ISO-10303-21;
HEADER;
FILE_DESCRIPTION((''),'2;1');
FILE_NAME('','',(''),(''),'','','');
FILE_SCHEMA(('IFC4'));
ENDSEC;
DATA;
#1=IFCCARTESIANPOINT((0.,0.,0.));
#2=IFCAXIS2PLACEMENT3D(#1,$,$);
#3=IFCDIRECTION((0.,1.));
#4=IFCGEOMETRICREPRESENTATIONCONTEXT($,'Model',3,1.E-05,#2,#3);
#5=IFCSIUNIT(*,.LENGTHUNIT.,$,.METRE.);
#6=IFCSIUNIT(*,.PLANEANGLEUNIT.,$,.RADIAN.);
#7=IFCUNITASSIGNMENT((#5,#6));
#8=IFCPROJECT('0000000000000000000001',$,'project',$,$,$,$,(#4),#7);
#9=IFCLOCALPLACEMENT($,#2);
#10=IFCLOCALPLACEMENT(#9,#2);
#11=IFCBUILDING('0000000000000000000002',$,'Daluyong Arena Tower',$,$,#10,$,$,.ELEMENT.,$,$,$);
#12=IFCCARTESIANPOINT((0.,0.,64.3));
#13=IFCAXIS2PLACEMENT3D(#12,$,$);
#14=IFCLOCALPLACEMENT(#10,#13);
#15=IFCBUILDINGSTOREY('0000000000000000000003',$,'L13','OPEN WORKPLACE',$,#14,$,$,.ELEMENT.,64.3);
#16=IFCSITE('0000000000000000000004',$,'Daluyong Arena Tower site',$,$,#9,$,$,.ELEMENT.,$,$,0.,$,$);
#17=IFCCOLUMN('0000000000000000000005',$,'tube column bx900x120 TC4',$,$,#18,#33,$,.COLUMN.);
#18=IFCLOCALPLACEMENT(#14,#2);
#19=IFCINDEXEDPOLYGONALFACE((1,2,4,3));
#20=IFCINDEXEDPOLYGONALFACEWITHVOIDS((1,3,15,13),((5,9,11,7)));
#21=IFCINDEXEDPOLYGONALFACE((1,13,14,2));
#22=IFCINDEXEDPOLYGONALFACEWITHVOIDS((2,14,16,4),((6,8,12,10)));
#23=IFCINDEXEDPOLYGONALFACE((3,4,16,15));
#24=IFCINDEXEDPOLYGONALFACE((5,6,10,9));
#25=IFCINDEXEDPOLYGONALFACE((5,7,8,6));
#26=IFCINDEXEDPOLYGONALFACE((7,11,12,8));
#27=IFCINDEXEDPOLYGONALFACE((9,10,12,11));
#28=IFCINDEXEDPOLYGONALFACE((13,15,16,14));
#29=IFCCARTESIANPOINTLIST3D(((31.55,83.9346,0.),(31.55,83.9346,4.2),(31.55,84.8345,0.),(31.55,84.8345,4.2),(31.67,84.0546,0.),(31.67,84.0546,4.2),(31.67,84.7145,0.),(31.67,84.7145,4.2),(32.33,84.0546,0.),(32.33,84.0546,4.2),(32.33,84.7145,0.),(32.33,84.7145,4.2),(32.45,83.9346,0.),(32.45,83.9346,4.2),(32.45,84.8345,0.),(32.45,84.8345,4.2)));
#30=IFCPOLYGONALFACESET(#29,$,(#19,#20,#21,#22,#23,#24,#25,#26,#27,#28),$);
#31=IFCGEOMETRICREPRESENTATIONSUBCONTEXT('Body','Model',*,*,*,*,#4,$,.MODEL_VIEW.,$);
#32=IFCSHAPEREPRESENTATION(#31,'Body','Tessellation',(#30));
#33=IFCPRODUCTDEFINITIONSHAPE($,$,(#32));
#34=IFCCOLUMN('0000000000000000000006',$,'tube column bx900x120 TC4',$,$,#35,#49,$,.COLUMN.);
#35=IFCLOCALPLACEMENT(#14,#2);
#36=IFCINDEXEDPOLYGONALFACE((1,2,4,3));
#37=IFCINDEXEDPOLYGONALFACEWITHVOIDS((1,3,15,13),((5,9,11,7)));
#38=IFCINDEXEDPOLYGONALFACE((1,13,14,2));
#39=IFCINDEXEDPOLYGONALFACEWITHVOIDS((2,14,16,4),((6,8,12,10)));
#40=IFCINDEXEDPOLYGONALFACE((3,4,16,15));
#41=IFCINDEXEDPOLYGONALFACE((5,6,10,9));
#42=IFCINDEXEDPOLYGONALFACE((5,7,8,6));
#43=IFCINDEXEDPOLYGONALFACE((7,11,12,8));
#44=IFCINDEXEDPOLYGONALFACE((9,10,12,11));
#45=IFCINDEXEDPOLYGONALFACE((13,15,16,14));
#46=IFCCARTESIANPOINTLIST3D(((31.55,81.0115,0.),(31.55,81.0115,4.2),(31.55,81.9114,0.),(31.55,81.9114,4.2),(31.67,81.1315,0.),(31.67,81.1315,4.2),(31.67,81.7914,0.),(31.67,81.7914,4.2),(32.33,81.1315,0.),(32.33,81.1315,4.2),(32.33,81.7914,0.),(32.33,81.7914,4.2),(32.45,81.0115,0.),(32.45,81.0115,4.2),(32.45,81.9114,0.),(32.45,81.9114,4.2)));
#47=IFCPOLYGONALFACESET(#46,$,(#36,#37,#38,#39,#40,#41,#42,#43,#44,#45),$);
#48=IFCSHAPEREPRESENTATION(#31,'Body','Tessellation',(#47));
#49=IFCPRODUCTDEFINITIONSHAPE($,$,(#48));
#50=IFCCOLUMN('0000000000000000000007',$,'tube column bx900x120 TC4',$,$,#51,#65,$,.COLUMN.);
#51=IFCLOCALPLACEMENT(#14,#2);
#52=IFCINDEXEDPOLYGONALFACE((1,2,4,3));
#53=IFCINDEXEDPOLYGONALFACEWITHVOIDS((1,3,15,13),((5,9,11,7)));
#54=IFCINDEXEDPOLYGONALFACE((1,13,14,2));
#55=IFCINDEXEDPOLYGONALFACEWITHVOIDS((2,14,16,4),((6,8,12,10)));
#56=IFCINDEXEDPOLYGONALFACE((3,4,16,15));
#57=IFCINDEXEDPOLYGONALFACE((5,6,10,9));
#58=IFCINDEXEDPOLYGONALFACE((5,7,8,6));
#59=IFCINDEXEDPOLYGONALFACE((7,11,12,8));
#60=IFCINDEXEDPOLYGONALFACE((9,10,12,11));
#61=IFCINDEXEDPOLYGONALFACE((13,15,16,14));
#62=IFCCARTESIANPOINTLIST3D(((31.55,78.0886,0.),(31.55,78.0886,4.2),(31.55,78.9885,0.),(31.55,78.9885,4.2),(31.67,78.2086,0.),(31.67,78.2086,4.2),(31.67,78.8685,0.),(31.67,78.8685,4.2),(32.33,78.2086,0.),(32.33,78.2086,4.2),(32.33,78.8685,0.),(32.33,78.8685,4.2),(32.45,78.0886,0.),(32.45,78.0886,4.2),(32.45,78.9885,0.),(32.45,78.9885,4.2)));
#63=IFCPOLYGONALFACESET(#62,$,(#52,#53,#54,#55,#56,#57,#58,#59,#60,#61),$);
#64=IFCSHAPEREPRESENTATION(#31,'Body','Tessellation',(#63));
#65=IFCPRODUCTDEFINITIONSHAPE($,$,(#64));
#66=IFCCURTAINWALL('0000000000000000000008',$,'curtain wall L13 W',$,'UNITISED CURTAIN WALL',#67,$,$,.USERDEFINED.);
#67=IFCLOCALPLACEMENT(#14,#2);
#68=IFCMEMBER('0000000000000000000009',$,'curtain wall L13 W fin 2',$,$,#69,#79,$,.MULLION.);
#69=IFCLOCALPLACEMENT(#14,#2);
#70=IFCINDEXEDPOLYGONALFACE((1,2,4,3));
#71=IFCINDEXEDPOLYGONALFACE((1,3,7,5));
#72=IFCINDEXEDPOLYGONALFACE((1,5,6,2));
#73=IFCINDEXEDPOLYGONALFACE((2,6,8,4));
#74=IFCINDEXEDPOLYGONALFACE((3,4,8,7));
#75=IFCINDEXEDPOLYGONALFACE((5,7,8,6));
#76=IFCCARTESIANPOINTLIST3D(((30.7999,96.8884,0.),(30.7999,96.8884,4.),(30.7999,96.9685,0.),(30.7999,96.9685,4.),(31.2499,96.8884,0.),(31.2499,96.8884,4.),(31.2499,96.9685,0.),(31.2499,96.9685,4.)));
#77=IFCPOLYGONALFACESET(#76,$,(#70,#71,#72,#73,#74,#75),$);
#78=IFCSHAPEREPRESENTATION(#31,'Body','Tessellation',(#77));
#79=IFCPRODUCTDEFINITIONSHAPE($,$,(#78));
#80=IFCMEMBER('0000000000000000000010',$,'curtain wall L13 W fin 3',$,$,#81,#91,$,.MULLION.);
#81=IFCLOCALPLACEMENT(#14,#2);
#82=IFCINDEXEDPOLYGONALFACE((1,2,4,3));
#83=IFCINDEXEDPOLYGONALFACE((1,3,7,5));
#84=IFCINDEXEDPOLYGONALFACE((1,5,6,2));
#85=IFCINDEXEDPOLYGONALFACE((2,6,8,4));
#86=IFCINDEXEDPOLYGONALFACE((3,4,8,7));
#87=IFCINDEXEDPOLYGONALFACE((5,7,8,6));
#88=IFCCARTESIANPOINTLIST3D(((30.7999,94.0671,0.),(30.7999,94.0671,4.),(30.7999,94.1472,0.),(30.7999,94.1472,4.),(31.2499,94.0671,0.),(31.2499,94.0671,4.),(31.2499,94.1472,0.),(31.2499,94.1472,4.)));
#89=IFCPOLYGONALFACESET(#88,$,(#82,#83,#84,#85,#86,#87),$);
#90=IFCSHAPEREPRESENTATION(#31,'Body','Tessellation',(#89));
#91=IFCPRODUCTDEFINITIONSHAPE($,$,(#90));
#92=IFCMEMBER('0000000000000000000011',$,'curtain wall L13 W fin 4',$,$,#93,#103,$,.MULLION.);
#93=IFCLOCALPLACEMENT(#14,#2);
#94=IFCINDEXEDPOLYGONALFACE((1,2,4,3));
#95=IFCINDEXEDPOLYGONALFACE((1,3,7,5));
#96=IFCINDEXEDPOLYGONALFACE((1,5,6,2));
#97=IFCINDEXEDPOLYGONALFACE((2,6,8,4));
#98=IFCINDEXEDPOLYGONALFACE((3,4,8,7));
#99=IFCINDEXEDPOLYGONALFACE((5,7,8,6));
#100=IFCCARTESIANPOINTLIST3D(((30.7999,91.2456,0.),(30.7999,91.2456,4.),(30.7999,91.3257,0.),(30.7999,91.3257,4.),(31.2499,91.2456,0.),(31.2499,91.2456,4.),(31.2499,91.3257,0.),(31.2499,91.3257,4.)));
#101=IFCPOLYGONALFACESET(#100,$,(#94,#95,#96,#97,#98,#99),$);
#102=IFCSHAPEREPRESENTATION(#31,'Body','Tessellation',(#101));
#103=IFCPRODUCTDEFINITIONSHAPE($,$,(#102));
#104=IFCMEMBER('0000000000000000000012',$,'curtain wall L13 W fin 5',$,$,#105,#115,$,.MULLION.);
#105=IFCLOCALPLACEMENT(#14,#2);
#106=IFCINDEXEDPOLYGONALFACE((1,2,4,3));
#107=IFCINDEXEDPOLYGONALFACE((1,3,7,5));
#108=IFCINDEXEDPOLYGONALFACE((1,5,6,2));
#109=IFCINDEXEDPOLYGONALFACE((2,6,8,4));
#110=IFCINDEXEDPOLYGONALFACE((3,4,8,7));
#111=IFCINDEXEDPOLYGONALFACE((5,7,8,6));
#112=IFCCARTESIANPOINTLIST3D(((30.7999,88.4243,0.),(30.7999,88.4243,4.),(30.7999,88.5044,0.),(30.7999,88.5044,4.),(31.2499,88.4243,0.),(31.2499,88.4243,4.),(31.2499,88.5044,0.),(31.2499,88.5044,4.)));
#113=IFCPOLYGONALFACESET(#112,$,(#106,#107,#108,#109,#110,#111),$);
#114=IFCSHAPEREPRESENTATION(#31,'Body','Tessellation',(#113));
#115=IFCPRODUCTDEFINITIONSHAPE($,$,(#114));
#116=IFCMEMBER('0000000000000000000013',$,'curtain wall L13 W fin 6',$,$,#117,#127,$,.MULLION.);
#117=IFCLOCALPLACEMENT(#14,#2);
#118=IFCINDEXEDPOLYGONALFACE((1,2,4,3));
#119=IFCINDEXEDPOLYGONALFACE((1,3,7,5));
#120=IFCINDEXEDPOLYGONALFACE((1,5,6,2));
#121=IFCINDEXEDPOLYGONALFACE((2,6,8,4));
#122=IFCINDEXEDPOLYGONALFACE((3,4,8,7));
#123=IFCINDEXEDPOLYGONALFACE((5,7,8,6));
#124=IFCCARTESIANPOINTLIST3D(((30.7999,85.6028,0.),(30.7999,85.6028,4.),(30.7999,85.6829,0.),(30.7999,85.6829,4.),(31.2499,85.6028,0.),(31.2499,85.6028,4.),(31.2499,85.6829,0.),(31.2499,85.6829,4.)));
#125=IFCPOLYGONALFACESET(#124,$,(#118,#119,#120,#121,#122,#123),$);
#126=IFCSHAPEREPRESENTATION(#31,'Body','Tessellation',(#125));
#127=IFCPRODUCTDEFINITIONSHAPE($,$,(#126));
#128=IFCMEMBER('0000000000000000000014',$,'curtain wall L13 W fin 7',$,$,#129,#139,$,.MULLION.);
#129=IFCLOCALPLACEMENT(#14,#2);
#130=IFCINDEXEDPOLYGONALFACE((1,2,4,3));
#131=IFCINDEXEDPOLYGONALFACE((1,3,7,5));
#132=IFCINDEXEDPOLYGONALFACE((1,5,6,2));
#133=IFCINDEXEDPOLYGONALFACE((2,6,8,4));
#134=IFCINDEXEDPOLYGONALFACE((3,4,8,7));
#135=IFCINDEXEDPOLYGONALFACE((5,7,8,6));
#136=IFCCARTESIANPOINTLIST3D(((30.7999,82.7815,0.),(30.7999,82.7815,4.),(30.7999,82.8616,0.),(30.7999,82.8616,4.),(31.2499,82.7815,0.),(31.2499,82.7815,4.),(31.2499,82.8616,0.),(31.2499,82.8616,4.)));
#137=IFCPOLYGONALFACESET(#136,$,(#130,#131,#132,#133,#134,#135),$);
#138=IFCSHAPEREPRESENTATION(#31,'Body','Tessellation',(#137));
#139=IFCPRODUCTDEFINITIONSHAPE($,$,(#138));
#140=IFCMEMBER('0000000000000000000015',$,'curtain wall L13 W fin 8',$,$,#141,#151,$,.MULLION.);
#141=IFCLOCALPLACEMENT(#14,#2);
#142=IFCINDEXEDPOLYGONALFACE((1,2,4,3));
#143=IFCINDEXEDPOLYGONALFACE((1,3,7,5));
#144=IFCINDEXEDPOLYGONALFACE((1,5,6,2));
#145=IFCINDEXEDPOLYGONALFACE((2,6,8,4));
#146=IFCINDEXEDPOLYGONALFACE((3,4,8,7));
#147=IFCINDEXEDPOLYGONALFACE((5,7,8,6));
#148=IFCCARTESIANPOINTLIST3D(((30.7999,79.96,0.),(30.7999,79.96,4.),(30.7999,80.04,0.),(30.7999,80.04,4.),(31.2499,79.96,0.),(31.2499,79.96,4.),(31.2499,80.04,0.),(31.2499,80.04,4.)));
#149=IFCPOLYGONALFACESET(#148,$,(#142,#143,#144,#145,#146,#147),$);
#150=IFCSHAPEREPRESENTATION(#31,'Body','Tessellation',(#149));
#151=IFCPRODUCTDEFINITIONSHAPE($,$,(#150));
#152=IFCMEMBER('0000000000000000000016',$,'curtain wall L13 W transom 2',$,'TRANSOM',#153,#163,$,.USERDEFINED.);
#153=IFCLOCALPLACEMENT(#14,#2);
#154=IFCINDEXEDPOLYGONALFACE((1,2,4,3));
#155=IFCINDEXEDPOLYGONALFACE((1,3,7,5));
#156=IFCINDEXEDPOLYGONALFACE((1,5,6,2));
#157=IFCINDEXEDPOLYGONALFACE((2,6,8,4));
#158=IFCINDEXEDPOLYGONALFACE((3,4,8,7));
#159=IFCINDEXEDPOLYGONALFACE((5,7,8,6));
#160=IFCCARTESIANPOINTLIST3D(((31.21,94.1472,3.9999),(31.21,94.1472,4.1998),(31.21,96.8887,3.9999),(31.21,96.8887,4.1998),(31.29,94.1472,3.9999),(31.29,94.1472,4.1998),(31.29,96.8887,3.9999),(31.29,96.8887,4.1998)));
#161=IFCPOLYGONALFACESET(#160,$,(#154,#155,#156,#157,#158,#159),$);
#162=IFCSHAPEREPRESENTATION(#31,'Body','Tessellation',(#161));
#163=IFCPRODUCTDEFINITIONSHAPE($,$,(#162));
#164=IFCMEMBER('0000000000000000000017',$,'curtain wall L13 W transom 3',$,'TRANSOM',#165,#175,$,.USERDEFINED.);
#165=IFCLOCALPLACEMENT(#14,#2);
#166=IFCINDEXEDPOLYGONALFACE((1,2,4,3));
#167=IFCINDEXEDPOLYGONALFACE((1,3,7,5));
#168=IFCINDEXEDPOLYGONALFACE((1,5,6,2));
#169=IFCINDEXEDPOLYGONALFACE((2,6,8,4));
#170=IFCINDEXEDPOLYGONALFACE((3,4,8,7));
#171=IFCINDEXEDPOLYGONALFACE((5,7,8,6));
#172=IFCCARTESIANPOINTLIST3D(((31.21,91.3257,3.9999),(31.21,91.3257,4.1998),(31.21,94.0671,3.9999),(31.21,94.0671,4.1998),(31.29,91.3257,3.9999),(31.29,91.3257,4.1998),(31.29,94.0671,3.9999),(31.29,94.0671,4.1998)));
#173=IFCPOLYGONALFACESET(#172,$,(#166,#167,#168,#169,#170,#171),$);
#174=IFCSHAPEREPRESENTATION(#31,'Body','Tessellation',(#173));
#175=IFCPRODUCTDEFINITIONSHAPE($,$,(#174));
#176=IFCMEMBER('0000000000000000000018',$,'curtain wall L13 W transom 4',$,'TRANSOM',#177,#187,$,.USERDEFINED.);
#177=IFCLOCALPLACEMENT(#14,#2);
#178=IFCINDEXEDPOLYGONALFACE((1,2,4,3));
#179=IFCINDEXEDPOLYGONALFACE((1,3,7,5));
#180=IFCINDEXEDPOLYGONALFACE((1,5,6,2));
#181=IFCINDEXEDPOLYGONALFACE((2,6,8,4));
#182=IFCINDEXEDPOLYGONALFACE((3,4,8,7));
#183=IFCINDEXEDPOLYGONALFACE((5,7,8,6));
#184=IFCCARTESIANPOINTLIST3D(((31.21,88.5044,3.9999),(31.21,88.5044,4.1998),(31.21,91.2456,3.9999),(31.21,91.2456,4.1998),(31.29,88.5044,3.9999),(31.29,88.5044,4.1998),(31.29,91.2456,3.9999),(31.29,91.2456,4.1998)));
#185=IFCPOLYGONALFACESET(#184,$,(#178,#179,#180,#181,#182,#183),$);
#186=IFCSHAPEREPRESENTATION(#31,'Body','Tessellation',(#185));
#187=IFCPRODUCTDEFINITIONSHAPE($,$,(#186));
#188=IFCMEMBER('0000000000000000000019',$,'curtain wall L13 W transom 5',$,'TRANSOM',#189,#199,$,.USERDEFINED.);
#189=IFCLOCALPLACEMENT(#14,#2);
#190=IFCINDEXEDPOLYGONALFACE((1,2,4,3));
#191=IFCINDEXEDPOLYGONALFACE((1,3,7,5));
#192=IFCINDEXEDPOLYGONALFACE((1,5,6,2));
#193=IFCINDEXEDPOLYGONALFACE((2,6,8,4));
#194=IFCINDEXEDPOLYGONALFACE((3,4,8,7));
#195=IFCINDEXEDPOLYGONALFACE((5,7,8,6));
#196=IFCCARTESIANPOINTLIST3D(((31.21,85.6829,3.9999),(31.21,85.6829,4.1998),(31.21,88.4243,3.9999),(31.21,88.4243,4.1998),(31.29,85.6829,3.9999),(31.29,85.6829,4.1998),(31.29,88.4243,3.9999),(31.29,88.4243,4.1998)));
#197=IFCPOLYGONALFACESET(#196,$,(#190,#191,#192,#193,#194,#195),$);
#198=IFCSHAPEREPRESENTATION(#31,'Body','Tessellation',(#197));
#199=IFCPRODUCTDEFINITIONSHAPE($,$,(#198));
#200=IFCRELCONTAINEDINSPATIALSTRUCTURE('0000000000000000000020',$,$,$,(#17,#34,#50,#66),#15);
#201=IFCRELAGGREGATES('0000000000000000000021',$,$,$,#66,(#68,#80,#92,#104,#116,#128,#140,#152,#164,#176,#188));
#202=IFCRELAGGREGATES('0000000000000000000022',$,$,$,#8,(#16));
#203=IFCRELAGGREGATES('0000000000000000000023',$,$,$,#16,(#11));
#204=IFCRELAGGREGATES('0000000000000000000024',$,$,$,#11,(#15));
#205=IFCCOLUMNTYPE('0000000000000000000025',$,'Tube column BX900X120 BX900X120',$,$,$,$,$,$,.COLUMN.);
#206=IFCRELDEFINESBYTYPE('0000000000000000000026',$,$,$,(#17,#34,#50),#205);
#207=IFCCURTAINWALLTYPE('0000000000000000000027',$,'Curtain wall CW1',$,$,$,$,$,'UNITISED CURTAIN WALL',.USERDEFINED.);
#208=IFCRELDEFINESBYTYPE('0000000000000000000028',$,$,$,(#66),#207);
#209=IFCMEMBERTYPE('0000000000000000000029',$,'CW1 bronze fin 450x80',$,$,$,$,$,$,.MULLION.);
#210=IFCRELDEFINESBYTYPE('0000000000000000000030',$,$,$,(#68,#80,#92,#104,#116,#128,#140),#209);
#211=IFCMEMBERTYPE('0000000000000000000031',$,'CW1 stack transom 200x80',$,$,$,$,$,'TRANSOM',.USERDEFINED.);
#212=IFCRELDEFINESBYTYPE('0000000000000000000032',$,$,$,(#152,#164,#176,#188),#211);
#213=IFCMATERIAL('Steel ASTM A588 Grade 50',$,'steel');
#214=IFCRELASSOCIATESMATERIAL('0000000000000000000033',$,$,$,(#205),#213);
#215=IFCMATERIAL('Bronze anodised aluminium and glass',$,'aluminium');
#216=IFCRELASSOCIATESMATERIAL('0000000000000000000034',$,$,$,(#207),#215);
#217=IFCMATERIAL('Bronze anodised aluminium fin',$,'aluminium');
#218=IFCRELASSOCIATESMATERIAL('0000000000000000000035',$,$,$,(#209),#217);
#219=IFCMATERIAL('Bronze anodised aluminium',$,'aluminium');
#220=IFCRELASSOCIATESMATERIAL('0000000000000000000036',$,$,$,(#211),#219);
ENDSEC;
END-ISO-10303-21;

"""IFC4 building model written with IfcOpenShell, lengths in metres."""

from ifc_helpers import new_model, si_unit, direction, frame, origin, origin_2d, place, context, subcontext, project, spatial, rectangle, hollow_rectangle, extrude, material, material_profile, profile_set, type_object, element, aggregate, save


model = new_model("IFC4")

# Units and contexts
model_context = context("Model", 3, precision=1e-05, world=origin(), true_north=direction((0.0, 1.0)))
body_context = subcontext(model_context, "Body", "Model", "MODEL_VIEW")
ifc_project = project(units=[si_unit("LENGTHUNIT", "METRE"), si_unit("PLANEANGLEUNIT", "RADIAN")], contexts=[model_context])

# Site, building, storey
site_placement = place(None, origin())
site = spatial("IfcSite", under=ifc_project, at=site_placement, Name="Daluyong Arena Tower site", CompositionType="ELEMENT", RefElevation=0.0)
building_placement = place(site_placement, origin())
building = spatial("IfcBuilding", under=site, at=building_placement, Name="Daluyong Arena Tower", CompositionType="ELEMENT")
storey_placement = place(building_placement, frame((0.0, 0.0, 64.3)))
storey = spatial("IfcBuildingStorey", under=building, at=storey_placement, Name="L13", Description="OPEN WORKPLACE", CompositionType="ELEMENT", Elevation=64.3)

# Columns
ifc_material_1 = material(Name="Steel ASTM A588 Grade 50", Category="steel")
ifc_material_profile_1 = material_profile(ifc_material_1, hollow_rectangle(XDim=0.8999, YDim=0.8999, WallThickness=0.12, at=origin_2d()))
ifc_profile_set_1 = profile_set([ifc_material_profile_1], Name="Steel ASTM A588 Grade 50")
column_type = type_object("IfcColumnType", Name="Tube column BX900X120 BX900X120", PredefinedType="COLUMN", material=ifc_profile_set_1)
for number, where, z_axis, x_axis, name in (
    (1, (32.0, 84.3845, 0.0), (0.0, 0.0, 1.0), (0.0, 1.0, 0.0), "tube column bx900x120 TC4"),
    (2, (32.0, 81.4614, 0.0), (0.0, 0.0, 1.0), (0.0, 1.0, 0.0), "tube column bx900x120 TC4"),
    (3, (32.0, 78.5386, 0.0), (0.0, 0.0, 1.0), (0.0, 1.0, 0.0), "tube column bx900x120 TC4"),
):
    element("IfcColumn", number, at=place(storey_placement, frame(where, z_axis=z_axis, x_axis=x_axis)), inside=storey, type_object=column_type, Name=name, PredefinedType="COLUMN", context=body_context, shape_type="SweptSolid", body=[
        extrude(hollow_rectangle(XDim=0.8999, YDim=0.8999, WallThickness=0.12, at=origin_2d()), origin(), (0.0, 0.0, 1.0), 4.2),
    ])

# Curtain wall, members
ifc_material_2 = material(Name="Bronze anodised aluminium and glass", Category="aluminium")
curtain_wall_type = type_object("IfcCurtainWallType", Name="Curtain wall CW1", ElementType="UNITISED CURTAIN WALL", PredefinedType="USERDEFINED", material=ifc_material_2)
curtain_wall_placement = place(storey_placement, origin())
curtain_wall = element("IfcCurtainWall", 4, at=curtain_wall_placement, inside=storey, type_object=curtain_wall_type, Name="curtain wall L13 W", ObjectType="UNITISED CURTAIN WALL", PredefinedType="USERDEFINED")
ifc_material_3 = material(Name="Bronze anodised aluminium fin", Category="aluminium")
ifc_material_profile_2 = material_profile(ifc_material_3, rectangle(XDim=0.45, YDim=0.0801, at=origin_2d()))
ifc_profile_set_2 = profile_set([ifc_material_profile_2], Name="Bronze anodised aluminium fin")
member_type_1 = type_object("IfcMemberType", Name="CW1 bronze fin 450x80", PredefinedType="MULLION", material=ifc_profile_set_2)
member_1_placement = place(storey_placement, frame((31.0249, 96.9285, 0.0), z_axis=(0.0, 0.0, 1.0), x_axis=(1.0, 0.0, 0.0)))
member_1 = element("IfcMember", 5, at=member_1_placement, type_object=member_type_1, Name="curtain wall L13 W fin 2", PredefinedType="MULLION", context=body_context, shape_type="SweptSolid", body=[
    extrude(rectangle(XDim=0.45, YDim=0.0801, at=origin_2d()), origin(), (0.0, 0.0, 1.0), 4.0),
])
member_2_placement = place(storey_placement, frame((31.0249, 94.1072, 0.0), z_axis=(0.0, 0.0, 1.0), x_axis=(1.0, 0.0, 0.0)))
member_2 = element("IfcMember", 6, at=member_2_placement, type_object=member_type_1, Name="curtain wall L13 W fin 3", PredefinedType="MULLION", context=body_context, shape_type="SweptSolid", body=[
    extrude(rectangle(XDim=0.45, YDim=0.0801, at=origin_2d()), origin(), (0.0, 0.0, 1.0), 4.0),
])
member_3_placement = place(storey_placement, frame((31.0249, 91.2856, 0.0), z_axis=(0.0, 0.0, 1.0), x_axis=(1.0, 0.0, 0.0)))
member_3 = element("IfcMember", 7, at=member_3_placement, type_object=member_type_1, Name="curtain wall L13 W fin 4", PredefinedType="MULLION", context=body_context, shape_type="SweptSolid", body=[
    extrude(rectangle(XDim=0.45, YDim=0.0801, at=origin_2d()), origin(), (0.0, 0.0, 1.0), 4.0),
])
member_4_placement = place(storey_placement, frame((31.0249, 88.4644, 0.0), z_axis=(0.0, 0.0, 1.0), x_axis=(1.0, 0.0, 0.0)))
member_4 = element("IfcMember", 8, at=member_4_placement, type_object=member_type_1, Name="curtain wall L13 W fin 5", PredefinedType="MULLION", context=body_context, shape_type="SweptSolid", body=[
    extrude(rectangle(XDim=0.45, YDim=0.0801, at=origin_2d()), origin(), (0.0, 0.0, 1.0), 4.0),
])
member_5_placement = place(storey_placement, frame((31.0249, 85.6428, 0.0), z_axis=(0.0, 0.0, 1.0), x_axis=(1.0, 0.0, 0.0)))
member_5 = element("IfcMember", 9, at=member_5_placement, type_object=member_type_1, Name="curtain wall L13 W fin 6", PredefinedType="MULLION", context=body_context, shape_type="SweptSolid", body=[
    extrude(rectangle(XDim=0.45, YDim=0.0801, at=origin_2d()), origin(), (0.0, 0.0, 1.0), 4.0),
])
member_6_placement = place(storey_placement, frame((31.0249, 82.8215, 0.0), z_axis=(0.0, 0.0, 1.0), x_axis=(1.0, 0.0, 0.0)))
member_6 = element("IfcMember", 10, at=member_6_placement, type_object=member_type_1, Name="curtain wall L13 W fin 7", PredefinedType="MULLION", context=body_context, shape_type="SweptSolid", body=[
    extrude(rectangle(XDim=0.45, YDim=0.0801, at=origin_2d()), origin(), (0.0, 0.0, 1.0), 4.0),
])
member_7_placement = place(storey_placement, frame((31.0249, 80.0, 0.0), z_axis=(0.0, 0.0, 1.0), x_axis=(1.0, 0.0, 0.0)))
member_7 = element("IfcMember", 11, at=member_7_placement, type_object=member_type_1, Name="curtain wall L13 W fin 8", PredefinedType="MULLION", context=body_context, shape_type="SweptSolid", body=[
    extrude(rectangle(XDim=0.45, YDim=0.0801, at=origin_2d()), origin(), (0.0, 0.0, 1.0), 4.0),
])
ifc_material_4 = material(Name="Bronze anodised aluminium", Category="aluminium")
ifc_material_profile_3 = material_profile(ifc_material_4, rectangle(XDim=0.0801, YDim=0.2, at=origin_2d()))
ifc_profile_set_3 = profile_set([ifc_material_profile_3], Name="Bronze anodised aluminium")
member_type_2 = type_object("IfcMemberType", Name="CW1 stack transom 200x80", ElementType="TRANSOM", PredefinedType="USERDEFINED", material=ifc_profile_set_3)
member_8_placement = place(storey_placement, frame((31.25, 96.8887, 4.0999), z_axis=(0.0, -1.0, 0.0), x_axis=(1.0, 0.0, 0.0)))
member_8 = element("IfcMember", 12, at=member_8_placement, type_object=member_type_2, Name="curtain wall L13 W transom 2", ObjectType="TRANSOM", PredefinedType="USERDEFINED", context=body_context, shape_type="SweptSolid", body=[
    extrude(rectangle(XDim=0.0801, YDim=0.2, at=origin_2d()), origin(), (0.0, 0.0, 1.0), 2.7415),
])
member_9_placement = place(storey_placement, frame((31.25, 94.0671, 4.0999), z_axis=(0.0, -1.0, 0.0), x_axis=(1.0, 0.0, 0.0)))
member_9 = element("IfcMember", 13, at=member_9_placement, type_object=member_type_2, Name="curtain wall L13 W transom 3", ObjectType="TRANSOM", PredefinedType="USERDEFINED", context=body_context, shape_type="SweptSolid", body=[
    extrude(rectangle(XDim=0.0801, YDim=0.2, at=origin_2d()), origin(), (0.0, 0.0, 1.0), 2.7415),
])
member_10_placement = place(storey_placement, frame((31.25, 91.2456, 4.0999), z_axis=(0.0, -1.0, 0.0), x_axis=(1.0, 0.0, 0.0)))
member_10 = element("IfcMember", 14, at=member_10_placement, type_object=member_type_2, Name="curtain wall L13 W transom 4", ObjectType="TRANSOM", PredefinedType="USERDEFINED", context=body_context, shape_type="SweptSolid", body=[
    extrude(rectangle(XDim=0.0801, YDim=0.2, at=origin_2d()), origin(), (0.0, 0.0, 1.0), 2.7412),
])
member_11_placement = place(storey_placement, frame((31.25, 88.4243, 4.0999), z_axis=(0.0, -1.0, 0.0), x_axis=(1.0, 0.0, 0.0)))
member_11 = element("IfcMember", 15, at=member_11_placement, type_object=member_type_2, Name="curtain wall L13 W transom 5", ObjectType="TRANSOM", PredefinedType="USERDEFINED", context=body_context, shape_type="SweptSolid", body=[
    extrude(rectangle(XDim=0.0801, YDim=0.2, at=origin_2d()), origin(), (0.0, 0.0, 1.0), 2.7415),
])

aggregate(curtain_wall, [member_1, member_2, member_3, member_4, member_5, member_6, member_7, member_8, member_9, member_10, member_11])

save(model, "model.ifc")
